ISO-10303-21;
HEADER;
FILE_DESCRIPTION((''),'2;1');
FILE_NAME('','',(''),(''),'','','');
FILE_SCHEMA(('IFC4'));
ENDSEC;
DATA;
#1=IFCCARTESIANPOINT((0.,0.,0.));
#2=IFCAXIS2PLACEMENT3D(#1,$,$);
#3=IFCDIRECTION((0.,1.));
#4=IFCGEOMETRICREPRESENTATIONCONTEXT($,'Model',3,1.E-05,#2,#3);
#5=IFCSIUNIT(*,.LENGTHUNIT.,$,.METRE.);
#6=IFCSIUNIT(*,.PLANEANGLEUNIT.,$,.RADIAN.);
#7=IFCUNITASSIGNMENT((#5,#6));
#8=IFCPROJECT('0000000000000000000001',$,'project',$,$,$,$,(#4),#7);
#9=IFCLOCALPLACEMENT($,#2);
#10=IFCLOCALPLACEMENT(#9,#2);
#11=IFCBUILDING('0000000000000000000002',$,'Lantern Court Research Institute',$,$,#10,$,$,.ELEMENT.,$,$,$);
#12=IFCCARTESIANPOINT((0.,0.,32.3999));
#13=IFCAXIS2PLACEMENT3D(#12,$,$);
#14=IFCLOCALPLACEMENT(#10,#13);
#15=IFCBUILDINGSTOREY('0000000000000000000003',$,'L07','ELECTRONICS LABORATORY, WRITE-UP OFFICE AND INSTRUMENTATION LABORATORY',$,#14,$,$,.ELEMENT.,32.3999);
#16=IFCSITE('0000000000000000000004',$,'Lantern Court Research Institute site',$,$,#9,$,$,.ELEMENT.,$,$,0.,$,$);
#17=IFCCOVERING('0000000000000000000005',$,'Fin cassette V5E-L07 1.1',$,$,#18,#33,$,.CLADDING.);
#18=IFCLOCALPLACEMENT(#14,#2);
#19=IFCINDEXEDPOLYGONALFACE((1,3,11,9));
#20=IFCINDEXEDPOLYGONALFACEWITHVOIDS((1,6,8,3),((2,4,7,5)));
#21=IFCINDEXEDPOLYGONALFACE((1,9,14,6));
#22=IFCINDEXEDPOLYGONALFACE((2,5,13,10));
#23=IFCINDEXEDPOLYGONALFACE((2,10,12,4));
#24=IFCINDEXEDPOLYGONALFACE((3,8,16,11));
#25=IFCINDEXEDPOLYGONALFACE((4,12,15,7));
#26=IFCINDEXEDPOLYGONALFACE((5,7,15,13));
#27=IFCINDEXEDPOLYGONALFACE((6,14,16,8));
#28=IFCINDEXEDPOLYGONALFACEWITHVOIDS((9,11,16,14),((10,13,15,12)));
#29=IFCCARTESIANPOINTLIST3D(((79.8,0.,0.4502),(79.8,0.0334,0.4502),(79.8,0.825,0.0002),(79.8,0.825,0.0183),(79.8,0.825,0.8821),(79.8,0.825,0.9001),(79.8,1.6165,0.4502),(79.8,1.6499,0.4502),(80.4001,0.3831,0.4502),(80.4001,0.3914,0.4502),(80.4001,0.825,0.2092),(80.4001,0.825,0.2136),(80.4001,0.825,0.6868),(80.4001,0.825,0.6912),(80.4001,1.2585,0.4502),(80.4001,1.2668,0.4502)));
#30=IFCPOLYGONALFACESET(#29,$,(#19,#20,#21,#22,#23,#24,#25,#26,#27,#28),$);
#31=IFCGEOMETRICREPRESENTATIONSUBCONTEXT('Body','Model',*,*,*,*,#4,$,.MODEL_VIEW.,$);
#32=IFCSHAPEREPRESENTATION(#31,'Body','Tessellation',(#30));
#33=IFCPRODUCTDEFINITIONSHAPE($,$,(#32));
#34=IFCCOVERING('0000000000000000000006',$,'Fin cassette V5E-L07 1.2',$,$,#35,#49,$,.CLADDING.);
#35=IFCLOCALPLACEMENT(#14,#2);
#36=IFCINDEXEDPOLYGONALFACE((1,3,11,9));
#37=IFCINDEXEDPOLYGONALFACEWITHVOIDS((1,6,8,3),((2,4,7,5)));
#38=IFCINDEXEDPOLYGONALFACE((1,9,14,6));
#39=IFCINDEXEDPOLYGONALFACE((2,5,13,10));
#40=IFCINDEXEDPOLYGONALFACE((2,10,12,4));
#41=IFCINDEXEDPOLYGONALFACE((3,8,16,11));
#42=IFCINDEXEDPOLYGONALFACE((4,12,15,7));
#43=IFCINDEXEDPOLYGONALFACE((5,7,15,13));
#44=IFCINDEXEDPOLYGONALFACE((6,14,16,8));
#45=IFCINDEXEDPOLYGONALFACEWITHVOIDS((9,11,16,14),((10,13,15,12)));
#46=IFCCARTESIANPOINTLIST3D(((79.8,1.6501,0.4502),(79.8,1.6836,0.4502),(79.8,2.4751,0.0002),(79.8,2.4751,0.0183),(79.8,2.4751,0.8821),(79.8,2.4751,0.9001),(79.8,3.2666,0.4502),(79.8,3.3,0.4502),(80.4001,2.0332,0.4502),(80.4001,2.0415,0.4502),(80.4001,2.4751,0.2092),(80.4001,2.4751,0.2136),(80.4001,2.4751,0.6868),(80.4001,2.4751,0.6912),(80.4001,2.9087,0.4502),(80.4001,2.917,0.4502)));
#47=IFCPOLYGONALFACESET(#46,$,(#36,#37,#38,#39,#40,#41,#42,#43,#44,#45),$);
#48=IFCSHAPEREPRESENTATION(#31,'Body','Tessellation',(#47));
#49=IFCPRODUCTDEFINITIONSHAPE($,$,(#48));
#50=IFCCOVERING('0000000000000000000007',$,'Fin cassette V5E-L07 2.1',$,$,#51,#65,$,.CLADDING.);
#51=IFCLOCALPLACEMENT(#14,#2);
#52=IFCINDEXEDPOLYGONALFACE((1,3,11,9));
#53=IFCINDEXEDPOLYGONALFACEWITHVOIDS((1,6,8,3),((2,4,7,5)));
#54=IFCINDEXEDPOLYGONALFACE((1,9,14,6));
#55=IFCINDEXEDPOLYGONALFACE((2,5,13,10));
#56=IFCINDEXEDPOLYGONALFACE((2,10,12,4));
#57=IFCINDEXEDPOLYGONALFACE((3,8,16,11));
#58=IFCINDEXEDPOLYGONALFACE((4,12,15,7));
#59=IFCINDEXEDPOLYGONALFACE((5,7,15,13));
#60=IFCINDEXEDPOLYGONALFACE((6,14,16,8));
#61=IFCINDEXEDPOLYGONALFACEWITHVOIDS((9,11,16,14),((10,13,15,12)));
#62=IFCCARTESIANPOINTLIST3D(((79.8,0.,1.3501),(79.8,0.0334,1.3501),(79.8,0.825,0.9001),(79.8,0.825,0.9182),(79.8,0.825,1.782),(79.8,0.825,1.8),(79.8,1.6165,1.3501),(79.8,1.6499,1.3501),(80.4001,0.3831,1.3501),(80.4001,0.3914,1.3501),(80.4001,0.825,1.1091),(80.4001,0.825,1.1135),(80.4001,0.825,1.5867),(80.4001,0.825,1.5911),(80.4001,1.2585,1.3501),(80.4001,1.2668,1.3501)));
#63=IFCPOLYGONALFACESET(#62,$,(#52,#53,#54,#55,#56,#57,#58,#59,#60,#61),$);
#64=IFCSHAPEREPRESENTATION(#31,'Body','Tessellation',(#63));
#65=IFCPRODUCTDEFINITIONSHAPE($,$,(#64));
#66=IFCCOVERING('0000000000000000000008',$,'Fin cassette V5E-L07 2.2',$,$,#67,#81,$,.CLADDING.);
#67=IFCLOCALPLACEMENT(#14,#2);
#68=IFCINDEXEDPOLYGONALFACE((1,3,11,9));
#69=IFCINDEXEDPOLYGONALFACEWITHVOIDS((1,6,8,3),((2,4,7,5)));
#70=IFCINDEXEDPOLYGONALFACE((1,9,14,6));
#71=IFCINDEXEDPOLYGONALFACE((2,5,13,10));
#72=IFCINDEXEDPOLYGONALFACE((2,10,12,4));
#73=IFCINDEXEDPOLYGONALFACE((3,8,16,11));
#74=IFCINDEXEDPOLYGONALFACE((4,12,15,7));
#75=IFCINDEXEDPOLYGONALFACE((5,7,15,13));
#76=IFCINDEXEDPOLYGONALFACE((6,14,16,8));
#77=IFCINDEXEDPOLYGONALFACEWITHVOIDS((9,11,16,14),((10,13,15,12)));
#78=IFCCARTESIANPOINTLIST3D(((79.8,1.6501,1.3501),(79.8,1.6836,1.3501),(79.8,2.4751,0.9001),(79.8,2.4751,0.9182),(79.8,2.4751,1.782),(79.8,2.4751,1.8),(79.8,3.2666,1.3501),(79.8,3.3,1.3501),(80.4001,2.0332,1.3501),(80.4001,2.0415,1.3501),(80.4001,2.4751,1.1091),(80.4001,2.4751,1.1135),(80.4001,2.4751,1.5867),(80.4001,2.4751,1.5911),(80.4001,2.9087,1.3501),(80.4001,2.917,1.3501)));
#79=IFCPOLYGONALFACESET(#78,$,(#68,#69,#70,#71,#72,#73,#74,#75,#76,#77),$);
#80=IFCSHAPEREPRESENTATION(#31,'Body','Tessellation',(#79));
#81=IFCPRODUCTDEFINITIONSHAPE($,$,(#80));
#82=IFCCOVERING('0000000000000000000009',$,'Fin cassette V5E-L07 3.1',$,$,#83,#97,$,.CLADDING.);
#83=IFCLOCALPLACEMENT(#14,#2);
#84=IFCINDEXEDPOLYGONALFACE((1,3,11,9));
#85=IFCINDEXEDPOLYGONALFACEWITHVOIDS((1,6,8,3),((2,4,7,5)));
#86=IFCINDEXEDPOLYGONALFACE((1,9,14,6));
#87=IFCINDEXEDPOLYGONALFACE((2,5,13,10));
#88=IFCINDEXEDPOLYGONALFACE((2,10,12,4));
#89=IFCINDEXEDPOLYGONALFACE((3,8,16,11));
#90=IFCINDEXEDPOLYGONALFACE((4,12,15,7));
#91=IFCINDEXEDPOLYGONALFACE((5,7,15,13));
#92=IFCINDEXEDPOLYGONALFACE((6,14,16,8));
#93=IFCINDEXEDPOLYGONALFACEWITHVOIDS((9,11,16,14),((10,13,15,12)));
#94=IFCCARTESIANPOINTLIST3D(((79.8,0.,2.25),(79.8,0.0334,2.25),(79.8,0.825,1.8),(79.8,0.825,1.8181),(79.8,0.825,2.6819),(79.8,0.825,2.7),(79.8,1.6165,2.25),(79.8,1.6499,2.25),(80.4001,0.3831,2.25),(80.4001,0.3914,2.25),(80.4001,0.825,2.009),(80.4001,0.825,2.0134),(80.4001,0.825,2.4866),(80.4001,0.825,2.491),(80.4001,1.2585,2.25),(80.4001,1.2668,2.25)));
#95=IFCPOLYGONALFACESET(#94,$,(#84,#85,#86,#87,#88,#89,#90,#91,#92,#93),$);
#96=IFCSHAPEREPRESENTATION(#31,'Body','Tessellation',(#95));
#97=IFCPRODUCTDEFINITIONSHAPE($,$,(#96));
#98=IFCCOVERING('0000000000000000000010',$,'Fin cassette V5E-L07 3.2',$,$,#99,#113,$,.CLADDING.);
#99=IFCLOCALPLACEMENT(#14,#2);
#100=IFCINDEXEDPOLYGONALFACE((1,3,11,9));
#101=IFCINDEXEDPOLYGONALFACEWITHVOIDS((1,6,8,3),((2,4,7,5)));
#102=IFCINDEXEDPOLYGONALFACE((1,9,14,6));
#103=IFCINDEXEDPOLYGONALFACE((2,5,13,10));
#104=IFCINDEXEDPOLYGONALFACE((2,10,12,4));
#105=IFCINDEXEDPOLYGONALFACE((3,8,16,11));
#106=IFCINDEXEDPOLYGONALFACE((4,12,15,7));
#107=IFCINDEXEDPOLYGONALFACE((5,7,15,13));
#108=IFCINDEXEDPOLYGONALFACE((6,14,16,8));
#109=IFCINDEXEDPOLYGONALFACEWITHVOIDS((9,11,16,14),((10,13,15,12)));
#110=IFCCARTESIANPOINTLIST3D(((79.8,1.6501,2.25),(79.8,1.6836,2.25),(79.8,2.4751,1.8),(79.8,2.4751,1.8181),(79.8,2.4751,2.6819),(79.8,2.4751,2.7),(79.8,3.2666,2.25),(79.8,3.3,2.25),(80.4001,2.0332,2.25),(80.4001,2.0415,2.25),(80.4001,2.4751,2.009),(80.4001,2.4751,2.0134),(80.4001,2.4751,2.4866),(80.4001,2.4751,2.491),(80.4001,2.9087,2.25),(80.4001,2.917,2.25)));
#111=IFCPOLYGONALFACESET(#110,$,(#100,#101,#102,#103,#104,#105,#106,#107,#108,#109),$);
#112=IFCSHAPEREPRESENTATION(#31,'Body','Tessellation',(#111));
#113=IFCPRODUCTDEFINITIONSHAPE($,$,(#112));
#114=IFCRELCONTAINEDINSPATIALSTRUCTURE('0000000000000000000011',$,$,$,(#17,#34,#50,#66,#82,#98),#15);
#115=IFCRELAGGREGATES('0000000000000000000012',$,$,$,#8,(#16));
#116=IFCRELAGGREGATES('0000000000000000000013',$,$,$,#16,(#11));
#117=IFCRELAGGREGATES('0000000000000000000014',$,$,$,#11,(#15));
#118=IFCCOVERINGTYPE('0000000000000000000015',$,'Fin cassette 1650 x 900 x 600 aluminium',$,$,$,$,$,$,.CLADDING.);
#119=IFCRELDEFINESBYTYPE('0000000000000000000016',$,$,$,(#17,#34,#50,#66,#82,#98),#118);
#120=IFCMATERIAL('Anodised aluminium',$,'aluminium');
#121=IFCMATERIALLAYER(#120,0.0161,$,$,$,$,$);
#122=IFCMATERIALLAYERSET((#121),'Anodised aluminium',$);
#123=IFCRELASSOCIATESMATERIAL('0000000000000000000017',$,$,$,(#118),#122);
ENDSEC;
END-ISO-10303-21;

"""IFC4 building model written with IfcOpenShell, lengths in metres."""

from ifc_helpers import new_model, entity, si_unit, direction, frame, origin, place, context, subcontext, project, spatial, material, layer, layer_set, type_object, element, save


model = new_model("IFC4")

# Units and contexts
model_context = context("Model", 3, precision=1e-05, world=origin(), true_north=direction((0.0, 1.0)))
body_context = subcontext(model_context, "Body", "Model", "MODEL_VIEW")
ifc_project = project(units=[si_unit("LENGTHUNIT", "METRE"), si_unit("PLANEANGLEUNIT", "RADIAN")], contexts=[model_context])

# Site, building, storey
site_placement = place(None, origin())
site = spatial("IfcSite", under=ifc_project, at=site_placement, Name="Lantern Court Research Institute site", CompositionType="ELEMENT", RefElevation=0.0)
building_placement = place(site_placement, origin())
building = spatial("IfcBuilding", under=site, at=building_placement, Name="Lantern Court Research Institute", CompositionType="ELEMENT")
storey_placement = place(building_placement, frame((0.0, 0.0, 32.3999)))
storey = spatial("IfcBuildingStorey", under=building, at=storey_placement, Name="L07", Description="ELECTRONICS LABORATORY, WRITE-UP OFFICE AND INSTRUMENTATION LABORATORY", CompositionType="ELEMENT", Elevation=32.3999)

# Coverings
ifc_material_1 = material(Name="Anodised aluminium", Category="aluminium")
ifc_layer_1 = layer(ifc_material_1, 0.0161)
ifc_layer_set_1 = layer_set([ifc_layer_1], Name="Anodised aluminium")
covering_type = type_object("IfcCoveringType", Name="Fin cassette 1650 x 900 x 600 aluminium", PredefinedType="CLADDING", material=ifc_layer_set_1)
covering_1_placement = place(storey_placement, frame((79.8, 0.825, 0.4502), z_axis=(1.0, 0.0, 0.0), x_axis=(0.0, 1.0, 0.0)))
cartesian_point_1 = entity("IfcCartesianPoint", [0.825, 0.0])
cartesian_point_2 = entity("IfcCartesianPoint", [0.7915, 0.0])
cartesian_point_3 = entity("IfcCartesianPoint", [0.4419, 0.0])
cartesian_point_4 = entity("IfcCartesianPoint", [0.4336, 0.0])
element("IfcCovering", 1, at=covering_1_placement, inside=storey, type_object=covering_type, Name="Fin cassette V5E-L07 1.1", PredefinedType="CLADDING", context=body_context, shape_type="SweptSolid", body=[
    entity("IfcExtrudedAreaSolidTapered", entity("IfcArbitraryProfileDefWithVoids", "AREA", None, entity("IfcPolyline", [cartesian_point_1, entity("IfcCartesianPoint", [0.0, 0.45]), entity("IfcCartesianPoint", [-0.825, 0.0]), entity("IfcCartesianPoint", [0.0, -0.45]), cartesian_point_1]), [entity("IfcPolyline", [cartesian_point_2, entity("IfcCartesianPoint", [0.0, 0.4319]), entity("IfcCartesianPoint", [-0.7915, 0.0]), entity("IfcCartesianPoint", [0.0, -0.4319]), cartesian_point_2])]), entity("IfcAxis2Placement3D", entity("IfcCartesianPoint", [0.0, 0.0, 0.0])), entity("IfcDirection", [0.0, 0.0, 1.0]), 0.6001, entity("IfcArbitraryProfileDefWithVoids", "AREA", None, entity("IfcPolyline", [cartesian_point_3, entity("IfcCartesianPoint", [0.0, 0.241]), entity("IfcCartesianPoint", [-0.4419, 0.0]), entity("IfcCartesianPoint", [0.0, -0.241]), cartesian_point_3]), [entity("IfcPolyline", [cartesian_point_4, entity("IfcCartesianPoint", [0.0, 0.2366]), entity("IfcCartesianPoint", [-0.4336, 0.0]), entity("IfcCartesianPoint", [0.0, -0.2366]), cartesian_point_4])])),
])
covering_2_placement = place(storey_placement, frame((79.8, 2.4751, 0.4502), z_axis=(1.0, 0.0, 0.0), x_axis=(0.0, 1.0, 0.0)))
cartesian_point_5 = entity("IfcCartesianPoint", [0.825, 0.0])
cartesian_point_6 = entity("IfcCartesianPoint", [0.7915, 0.0])
cartesian_point_7 = entity("IfcCartesianPoint", [0.4419, 0.0])
cartesian_point_8 = entity("IfcCartesianPoint", [0.4336, 0.0])
element("IfcCovering", 2, at=covering_2_placement, inside=storey, type_object=covering_type, Name="Fin cassette V5E-L07 1.2", PredefinedType="CLADDING", context=body_context, shape_type="SweptSolid", body=[
    entity("IfcExtrudedAreaSolidTapered", entity("IfcArbitraryProfileDefWithVoids", "AREA", None, entity("IfcPolyline", [cartesian_point_5, entity("IfcCartesianPoint", [0.0, 0.45]), entity("IfcCartesianPoint", [-0.825, 0.0]), entity("IfcCartesianPoint", [0.0, -0.45]), cartesian_point_5]), [entity("IfcPolyline", [cartesian_point_6, entity("IfcCartesianPoint", [0.0, 0.4319]), entity("IfcCartesianPoint", [-0.7915, 0.0]), entity("IfcCartesianPoint", [0.0, -0.4319]), cartesian_point_6])]), entity("IfcAxis2Placement3D", entity("IfcCartesianPoint", [0.0, 0.0, 0.0])), entity("IfcDirection", [0.0, 0.0, 1.0]), 0.6001, entity("IfcArbitraryProfileDefWithVoids", "AREA", None, entity("IfcPolyline", [cartesian_point_7, entity("IfcCartesianPoint", [0.0, 0.241]), entity("IfcCartesianPoint", [-0.4419, 0.0]), entity("IfcCartesianPoint", [0.0, -0.241]), cartesian_point_7]), [entity("IfcPolyline", [cartesian_point_8, entity("IfcCartesianPoint", [0.0, 0.2366]), entity("IfcCartesianPoint", [-0.4336, 0.0]), entity("IfcCartesianPoint", [0.0, -0.2366]), cartesian_point_8])])),
])
covering_3_placement = place(storey_placement, frame((79.8, 0.825, 1.3501), z_axis=(1.0, 0.0, 0.0), x_axis=(0.0, 1.0, 0.0)))
cartesian_point_9 = entity("IfcCartesianPoint", [0.825, 0.0])
cartesian_point_10 = entity("IfcCartesianPoint", [0.7915, 0.0])
cartesian_point_11 = entity("IfcCartesianPoint", [0.4419, 0.0])
cartesian_point_12 = entity("IfcCartesianPoint", [0.4336, 0.0])
element("IfcCovering", 3, at=covering_3_placement, inside=storey, type_object=covering_type, Name="Fin cassette V5E-L07 2.1", PredefinedType="CLADDING", context=body_context, shape_type="SweptSolid", body=[
    entity("IfcExtrudedAreaSolidTapered", entity("IfcArbitraryProfileDefWithVoids", "AREA", None, entity("IfcPolyline", [cartesian_point_9, entity("IfcCartesianPoint", [0.0, 0.45]), entity("IfcCartesianPoint", [-0.825, 0.0]), entity("IfcCartesianPoint", [0.0, -0.45]), cartesian_point_9]), [entity("IfcPolyline", [cartesian_point_10, entity("IfcCartesianPoint", [0.0, 0.4319]), entity("IfcCartesianPoint", [-0.7915, 0.0]), entity("IfcCartesianPoint", [0.0, -0.4319]), cartesian_point_10])]), entity("IfcAxis2Placement3D", entity("IfcCartesianPoint", [0.0, 0.0, 0.0])), entity("IfcDirection", [0.0, 0.0, 1.0]), 0.6001, entity("IfcArbitraryProfileDefWithVoids", "AREA", None, entity("IfcPolyline", [cartesian_point_11, entity("IfcCartesianPoint", [0.0, 0.241]), entity("IfcCartesianPoint", [-0.4419, 0.0]), entity("IfcCartesianPoint", [0.0, -0.241]), cartesian_point_11]), [entity("IfcPolyline", [cartesian_point_12, entity("IfcCartesianPoint", [0.0, 0.2366]), entity("IfcCartesianPoint", [-0.4336, 0.0]), entity("IfcCartesianPoint", [0.0, -0.2366]), cartesian_point_12])])),
])
covering_4_placement = place(storey_placement, frame((79.8, 2.4751, 1.3501), z_axis=(1.0, 0.0, 0.0), x_axis=(0.0, 1.0, 0.0)))
cartesian_point_13 = entity("IfcCartesianPoint", [0.825, 0.0])
cartesian_point_14 = entity("IfcCartesianPoint", [0.7915, 0.0])
cartesian_point_15 = entity("IfcCartesianPoint", [0.4419, 0.0])
cartesian_point_16 = entity("IfcCartesianPoint", [0.4336, 0.0])
element("IfcCovering", 4, at=covering_4_placement, inside=storey, type_object=covering_type, Name="Fin cassette V5E-L07 2.2", PredefinedType="CLADDING", context=body_context, shape_type="SweptSolid", body=[
    entity("IfcExtrudedAreaSolidTapered", entity("IfcArbitraryProfileDefWithVoids", "AREA", None, entity("IfcPolyline", [cartesian_point_13, entity("IfcCartesianPoint", [0.0, 0.45]), entity("IfcCartesianPoint", [-0.825, 0.0]), entity("IfcCartesianPoint", [0.0, -0.45]), cartesian_point_13]), [entity("IfcPolyline", [cartesian_point_14, entity("IfcCartesianPoint", [0.0, 0.4319]), entity("IfcCartesianPoint", [-0.7915, 0.0]), entity("IfcCartesianPoint", [0.0, -0.4319]), cartesian_point_14])]), entity("IfcAxis2Placement3D", entity("IfcCartesianPoint", [0.0, 0.0, 0.0])), entity("IfcDirection", [0.0, 0.0, 1.0]), 0.6001, entity("IfcArbitraryProfileDefWithVoids", "AREA", None, entity("IfcPolyline", [cartesian_point_15, entity("IfcCartesianPoint", [0.0, 0.241]), entity("IfcCartesianPoint", [-0.4419, 0.0]), entity("IfcCartesianPoint", [0.0, -0.241]), cartesian_point_15]), [entity("IfcPolyline", [cartesian_point_16, entity("IfcCartesianPoint", [0.0, 0.2366]), entity("IfcCartesianPoint", [-0.4336, 0.0]), entity("IfcCartesianPoint", [0.0, -0.2366]), cartesian_point_16])])),
])
covering_5_placement = place(storey_placement, frame((79.8, 0.825, 2.25), z_axis=(1.0, 0.0, 0.0), x_axis=(0.0, 1.0, 0.0)))
cartesian_point_17 = entity("IfcCartesianPoint", [0.825, 0.0])
cartesian_point_18 = entity("IfcCartesianPoint", [0.7915, 0.0])
cartesian_point_19 = entity("IfcCartesianPoint", [0.4419, 0.0])
cartesian_point_20 = entity("IfcCartesianPoint", [0.4336, 0.0])
element("IfcCovering", 5, at=covering_5_placement, inside=storey, type_object=covering_type, Name="Fin cassette V5E-L07 3.1", PredefinedType="CLADDING", context=body_context, shape_type="SweptSolid", body=[
    entity("IfcExtrudedAreaSolidTapered", entity("IfcArbitraryProfileDefWithVoids", "AREA", None, entity("IfcPolyline", [cartesian_point_17, entity("IfcCartesianPoint", [0.0, 0.45]), entity("IfcCartesianPoint", [-0.825, 0.0]), entity("IfcCartesianPoint", [0.0, -0.45]), cartesian_point_17]), [entity("IfcPolyline", [cartesian_point_18, entity("IfcCartesianPoint", [0.0, 0.4319]), entity("IfcCartesianPoint", [-0.7915, 0.0]), entity("IfcCartesianPoint", [0.0, -0.4319]), cartesian_point_18])]), entity("IfcAxis2Placement3D", entity("IfcCartesianPoint", [0.0, 0.0, 0.0])), entity("IfcDirection", [0.0, 0.0, 1.0]), 0.6001, entity("IfcArbitraryProfileDefWithVoids", "AREA", None, entity("IfcPolyline", [cartesian_point_19, entity("IfcCartesianPoint", [0.0, 0.241]), entity("IfcCartesianPoint", [-0.4419, 0.0]), entity("IfcCartesianPoint", [0.0, -0.241]), cartesian_point_19]), [entity("IfcPolyline", [cartesian_point_20, entity("IfcCartesianPoint", [0.0, 0.2366]), entity("IfcCartesianPoint", [-0.4336, 0.0]), entity("IfcCartesianPoint", [0.0, -0.2366]), cartesian_point_20])])),
])
covering_6_placement = place(storey_placement, frame((79.8, 2.4751, 2.25), z_axis=(1.0, 0.0, 0.0), x_axis=(0.0, 1.0, 0.0)))
cartesian_point_21 = entity("IfcCartesianPoint", [0.825, 0.0])
cartesian_point_22 = entity("IfcCartesianPoint", [0.7915, 0.0])
cartesian_point_23 = entity("IfcCartesianPoint", [0.4419, 0.0])
cartesian_point_24 = entity("IfcCartesianPoint", [0.4336, 0.0])
element("IfcCovering", 6, at=covering_6_placement, inside=storey, type_object=covering_type, Name="Fin cassette V5E-L07 3.2", PredefinedType="CLADDING", context=body_context, shape_type="SweptSolid", body=[
    entity("IfcExtrudedAreaSolidTapered", entity("IfcArbitraryProfileDefWithVoids", "AREA", None, entity("IfcPolyline", [cartesian_point_21, entity("IfcCartesianPoint", [0.0, 0.45]), entity("IfcCartesianPoint", [-0.825, 0.0]), entity("IfcCartesianPoint", [0.0, -0.45]), cartesian_point_21]), [entity("IfcPolyline", [cartesian_point_22, entity("IfcCartesianPoint", [0.0, 0.4319]), entity("IfcCartesianPoint", [-0.7915, 0.0]), entity("IfcCartesianPoint", [0.0, -0.4319]), cartesian_point_22])]), entity("IfcAxis2Placement3D", entity("IfcCartesianPoint", [0.0, 0.0, 0.0])), entity("IfcDirection", [0.0, 0.0, 1.0]), 0.6001, entity("IfcArbitraryProfileDefWithVoids", "AREA", None, entity("IfcPolyline", [cartesian_point_23, entity("IfcCartesianPoint", [0.0, 0.241]), entity("IfcCartesianPoint", [-0.4419, 0.0]), entity("IfcCartesianPoint", [0.0, -0.241]), cartesian_point_23]), [entity("IfcPolyline", [cartesian_point_24, entity("IfcCartesianPoint", [0.0, 0.2366]), entity("IfcCartesianPoint", [-0.4336, 0.0]), entity("IfcCartesianPoint", [0.0, -0.2366]), cartesian_point_24])])),
])

save(model, "model.ifc")
